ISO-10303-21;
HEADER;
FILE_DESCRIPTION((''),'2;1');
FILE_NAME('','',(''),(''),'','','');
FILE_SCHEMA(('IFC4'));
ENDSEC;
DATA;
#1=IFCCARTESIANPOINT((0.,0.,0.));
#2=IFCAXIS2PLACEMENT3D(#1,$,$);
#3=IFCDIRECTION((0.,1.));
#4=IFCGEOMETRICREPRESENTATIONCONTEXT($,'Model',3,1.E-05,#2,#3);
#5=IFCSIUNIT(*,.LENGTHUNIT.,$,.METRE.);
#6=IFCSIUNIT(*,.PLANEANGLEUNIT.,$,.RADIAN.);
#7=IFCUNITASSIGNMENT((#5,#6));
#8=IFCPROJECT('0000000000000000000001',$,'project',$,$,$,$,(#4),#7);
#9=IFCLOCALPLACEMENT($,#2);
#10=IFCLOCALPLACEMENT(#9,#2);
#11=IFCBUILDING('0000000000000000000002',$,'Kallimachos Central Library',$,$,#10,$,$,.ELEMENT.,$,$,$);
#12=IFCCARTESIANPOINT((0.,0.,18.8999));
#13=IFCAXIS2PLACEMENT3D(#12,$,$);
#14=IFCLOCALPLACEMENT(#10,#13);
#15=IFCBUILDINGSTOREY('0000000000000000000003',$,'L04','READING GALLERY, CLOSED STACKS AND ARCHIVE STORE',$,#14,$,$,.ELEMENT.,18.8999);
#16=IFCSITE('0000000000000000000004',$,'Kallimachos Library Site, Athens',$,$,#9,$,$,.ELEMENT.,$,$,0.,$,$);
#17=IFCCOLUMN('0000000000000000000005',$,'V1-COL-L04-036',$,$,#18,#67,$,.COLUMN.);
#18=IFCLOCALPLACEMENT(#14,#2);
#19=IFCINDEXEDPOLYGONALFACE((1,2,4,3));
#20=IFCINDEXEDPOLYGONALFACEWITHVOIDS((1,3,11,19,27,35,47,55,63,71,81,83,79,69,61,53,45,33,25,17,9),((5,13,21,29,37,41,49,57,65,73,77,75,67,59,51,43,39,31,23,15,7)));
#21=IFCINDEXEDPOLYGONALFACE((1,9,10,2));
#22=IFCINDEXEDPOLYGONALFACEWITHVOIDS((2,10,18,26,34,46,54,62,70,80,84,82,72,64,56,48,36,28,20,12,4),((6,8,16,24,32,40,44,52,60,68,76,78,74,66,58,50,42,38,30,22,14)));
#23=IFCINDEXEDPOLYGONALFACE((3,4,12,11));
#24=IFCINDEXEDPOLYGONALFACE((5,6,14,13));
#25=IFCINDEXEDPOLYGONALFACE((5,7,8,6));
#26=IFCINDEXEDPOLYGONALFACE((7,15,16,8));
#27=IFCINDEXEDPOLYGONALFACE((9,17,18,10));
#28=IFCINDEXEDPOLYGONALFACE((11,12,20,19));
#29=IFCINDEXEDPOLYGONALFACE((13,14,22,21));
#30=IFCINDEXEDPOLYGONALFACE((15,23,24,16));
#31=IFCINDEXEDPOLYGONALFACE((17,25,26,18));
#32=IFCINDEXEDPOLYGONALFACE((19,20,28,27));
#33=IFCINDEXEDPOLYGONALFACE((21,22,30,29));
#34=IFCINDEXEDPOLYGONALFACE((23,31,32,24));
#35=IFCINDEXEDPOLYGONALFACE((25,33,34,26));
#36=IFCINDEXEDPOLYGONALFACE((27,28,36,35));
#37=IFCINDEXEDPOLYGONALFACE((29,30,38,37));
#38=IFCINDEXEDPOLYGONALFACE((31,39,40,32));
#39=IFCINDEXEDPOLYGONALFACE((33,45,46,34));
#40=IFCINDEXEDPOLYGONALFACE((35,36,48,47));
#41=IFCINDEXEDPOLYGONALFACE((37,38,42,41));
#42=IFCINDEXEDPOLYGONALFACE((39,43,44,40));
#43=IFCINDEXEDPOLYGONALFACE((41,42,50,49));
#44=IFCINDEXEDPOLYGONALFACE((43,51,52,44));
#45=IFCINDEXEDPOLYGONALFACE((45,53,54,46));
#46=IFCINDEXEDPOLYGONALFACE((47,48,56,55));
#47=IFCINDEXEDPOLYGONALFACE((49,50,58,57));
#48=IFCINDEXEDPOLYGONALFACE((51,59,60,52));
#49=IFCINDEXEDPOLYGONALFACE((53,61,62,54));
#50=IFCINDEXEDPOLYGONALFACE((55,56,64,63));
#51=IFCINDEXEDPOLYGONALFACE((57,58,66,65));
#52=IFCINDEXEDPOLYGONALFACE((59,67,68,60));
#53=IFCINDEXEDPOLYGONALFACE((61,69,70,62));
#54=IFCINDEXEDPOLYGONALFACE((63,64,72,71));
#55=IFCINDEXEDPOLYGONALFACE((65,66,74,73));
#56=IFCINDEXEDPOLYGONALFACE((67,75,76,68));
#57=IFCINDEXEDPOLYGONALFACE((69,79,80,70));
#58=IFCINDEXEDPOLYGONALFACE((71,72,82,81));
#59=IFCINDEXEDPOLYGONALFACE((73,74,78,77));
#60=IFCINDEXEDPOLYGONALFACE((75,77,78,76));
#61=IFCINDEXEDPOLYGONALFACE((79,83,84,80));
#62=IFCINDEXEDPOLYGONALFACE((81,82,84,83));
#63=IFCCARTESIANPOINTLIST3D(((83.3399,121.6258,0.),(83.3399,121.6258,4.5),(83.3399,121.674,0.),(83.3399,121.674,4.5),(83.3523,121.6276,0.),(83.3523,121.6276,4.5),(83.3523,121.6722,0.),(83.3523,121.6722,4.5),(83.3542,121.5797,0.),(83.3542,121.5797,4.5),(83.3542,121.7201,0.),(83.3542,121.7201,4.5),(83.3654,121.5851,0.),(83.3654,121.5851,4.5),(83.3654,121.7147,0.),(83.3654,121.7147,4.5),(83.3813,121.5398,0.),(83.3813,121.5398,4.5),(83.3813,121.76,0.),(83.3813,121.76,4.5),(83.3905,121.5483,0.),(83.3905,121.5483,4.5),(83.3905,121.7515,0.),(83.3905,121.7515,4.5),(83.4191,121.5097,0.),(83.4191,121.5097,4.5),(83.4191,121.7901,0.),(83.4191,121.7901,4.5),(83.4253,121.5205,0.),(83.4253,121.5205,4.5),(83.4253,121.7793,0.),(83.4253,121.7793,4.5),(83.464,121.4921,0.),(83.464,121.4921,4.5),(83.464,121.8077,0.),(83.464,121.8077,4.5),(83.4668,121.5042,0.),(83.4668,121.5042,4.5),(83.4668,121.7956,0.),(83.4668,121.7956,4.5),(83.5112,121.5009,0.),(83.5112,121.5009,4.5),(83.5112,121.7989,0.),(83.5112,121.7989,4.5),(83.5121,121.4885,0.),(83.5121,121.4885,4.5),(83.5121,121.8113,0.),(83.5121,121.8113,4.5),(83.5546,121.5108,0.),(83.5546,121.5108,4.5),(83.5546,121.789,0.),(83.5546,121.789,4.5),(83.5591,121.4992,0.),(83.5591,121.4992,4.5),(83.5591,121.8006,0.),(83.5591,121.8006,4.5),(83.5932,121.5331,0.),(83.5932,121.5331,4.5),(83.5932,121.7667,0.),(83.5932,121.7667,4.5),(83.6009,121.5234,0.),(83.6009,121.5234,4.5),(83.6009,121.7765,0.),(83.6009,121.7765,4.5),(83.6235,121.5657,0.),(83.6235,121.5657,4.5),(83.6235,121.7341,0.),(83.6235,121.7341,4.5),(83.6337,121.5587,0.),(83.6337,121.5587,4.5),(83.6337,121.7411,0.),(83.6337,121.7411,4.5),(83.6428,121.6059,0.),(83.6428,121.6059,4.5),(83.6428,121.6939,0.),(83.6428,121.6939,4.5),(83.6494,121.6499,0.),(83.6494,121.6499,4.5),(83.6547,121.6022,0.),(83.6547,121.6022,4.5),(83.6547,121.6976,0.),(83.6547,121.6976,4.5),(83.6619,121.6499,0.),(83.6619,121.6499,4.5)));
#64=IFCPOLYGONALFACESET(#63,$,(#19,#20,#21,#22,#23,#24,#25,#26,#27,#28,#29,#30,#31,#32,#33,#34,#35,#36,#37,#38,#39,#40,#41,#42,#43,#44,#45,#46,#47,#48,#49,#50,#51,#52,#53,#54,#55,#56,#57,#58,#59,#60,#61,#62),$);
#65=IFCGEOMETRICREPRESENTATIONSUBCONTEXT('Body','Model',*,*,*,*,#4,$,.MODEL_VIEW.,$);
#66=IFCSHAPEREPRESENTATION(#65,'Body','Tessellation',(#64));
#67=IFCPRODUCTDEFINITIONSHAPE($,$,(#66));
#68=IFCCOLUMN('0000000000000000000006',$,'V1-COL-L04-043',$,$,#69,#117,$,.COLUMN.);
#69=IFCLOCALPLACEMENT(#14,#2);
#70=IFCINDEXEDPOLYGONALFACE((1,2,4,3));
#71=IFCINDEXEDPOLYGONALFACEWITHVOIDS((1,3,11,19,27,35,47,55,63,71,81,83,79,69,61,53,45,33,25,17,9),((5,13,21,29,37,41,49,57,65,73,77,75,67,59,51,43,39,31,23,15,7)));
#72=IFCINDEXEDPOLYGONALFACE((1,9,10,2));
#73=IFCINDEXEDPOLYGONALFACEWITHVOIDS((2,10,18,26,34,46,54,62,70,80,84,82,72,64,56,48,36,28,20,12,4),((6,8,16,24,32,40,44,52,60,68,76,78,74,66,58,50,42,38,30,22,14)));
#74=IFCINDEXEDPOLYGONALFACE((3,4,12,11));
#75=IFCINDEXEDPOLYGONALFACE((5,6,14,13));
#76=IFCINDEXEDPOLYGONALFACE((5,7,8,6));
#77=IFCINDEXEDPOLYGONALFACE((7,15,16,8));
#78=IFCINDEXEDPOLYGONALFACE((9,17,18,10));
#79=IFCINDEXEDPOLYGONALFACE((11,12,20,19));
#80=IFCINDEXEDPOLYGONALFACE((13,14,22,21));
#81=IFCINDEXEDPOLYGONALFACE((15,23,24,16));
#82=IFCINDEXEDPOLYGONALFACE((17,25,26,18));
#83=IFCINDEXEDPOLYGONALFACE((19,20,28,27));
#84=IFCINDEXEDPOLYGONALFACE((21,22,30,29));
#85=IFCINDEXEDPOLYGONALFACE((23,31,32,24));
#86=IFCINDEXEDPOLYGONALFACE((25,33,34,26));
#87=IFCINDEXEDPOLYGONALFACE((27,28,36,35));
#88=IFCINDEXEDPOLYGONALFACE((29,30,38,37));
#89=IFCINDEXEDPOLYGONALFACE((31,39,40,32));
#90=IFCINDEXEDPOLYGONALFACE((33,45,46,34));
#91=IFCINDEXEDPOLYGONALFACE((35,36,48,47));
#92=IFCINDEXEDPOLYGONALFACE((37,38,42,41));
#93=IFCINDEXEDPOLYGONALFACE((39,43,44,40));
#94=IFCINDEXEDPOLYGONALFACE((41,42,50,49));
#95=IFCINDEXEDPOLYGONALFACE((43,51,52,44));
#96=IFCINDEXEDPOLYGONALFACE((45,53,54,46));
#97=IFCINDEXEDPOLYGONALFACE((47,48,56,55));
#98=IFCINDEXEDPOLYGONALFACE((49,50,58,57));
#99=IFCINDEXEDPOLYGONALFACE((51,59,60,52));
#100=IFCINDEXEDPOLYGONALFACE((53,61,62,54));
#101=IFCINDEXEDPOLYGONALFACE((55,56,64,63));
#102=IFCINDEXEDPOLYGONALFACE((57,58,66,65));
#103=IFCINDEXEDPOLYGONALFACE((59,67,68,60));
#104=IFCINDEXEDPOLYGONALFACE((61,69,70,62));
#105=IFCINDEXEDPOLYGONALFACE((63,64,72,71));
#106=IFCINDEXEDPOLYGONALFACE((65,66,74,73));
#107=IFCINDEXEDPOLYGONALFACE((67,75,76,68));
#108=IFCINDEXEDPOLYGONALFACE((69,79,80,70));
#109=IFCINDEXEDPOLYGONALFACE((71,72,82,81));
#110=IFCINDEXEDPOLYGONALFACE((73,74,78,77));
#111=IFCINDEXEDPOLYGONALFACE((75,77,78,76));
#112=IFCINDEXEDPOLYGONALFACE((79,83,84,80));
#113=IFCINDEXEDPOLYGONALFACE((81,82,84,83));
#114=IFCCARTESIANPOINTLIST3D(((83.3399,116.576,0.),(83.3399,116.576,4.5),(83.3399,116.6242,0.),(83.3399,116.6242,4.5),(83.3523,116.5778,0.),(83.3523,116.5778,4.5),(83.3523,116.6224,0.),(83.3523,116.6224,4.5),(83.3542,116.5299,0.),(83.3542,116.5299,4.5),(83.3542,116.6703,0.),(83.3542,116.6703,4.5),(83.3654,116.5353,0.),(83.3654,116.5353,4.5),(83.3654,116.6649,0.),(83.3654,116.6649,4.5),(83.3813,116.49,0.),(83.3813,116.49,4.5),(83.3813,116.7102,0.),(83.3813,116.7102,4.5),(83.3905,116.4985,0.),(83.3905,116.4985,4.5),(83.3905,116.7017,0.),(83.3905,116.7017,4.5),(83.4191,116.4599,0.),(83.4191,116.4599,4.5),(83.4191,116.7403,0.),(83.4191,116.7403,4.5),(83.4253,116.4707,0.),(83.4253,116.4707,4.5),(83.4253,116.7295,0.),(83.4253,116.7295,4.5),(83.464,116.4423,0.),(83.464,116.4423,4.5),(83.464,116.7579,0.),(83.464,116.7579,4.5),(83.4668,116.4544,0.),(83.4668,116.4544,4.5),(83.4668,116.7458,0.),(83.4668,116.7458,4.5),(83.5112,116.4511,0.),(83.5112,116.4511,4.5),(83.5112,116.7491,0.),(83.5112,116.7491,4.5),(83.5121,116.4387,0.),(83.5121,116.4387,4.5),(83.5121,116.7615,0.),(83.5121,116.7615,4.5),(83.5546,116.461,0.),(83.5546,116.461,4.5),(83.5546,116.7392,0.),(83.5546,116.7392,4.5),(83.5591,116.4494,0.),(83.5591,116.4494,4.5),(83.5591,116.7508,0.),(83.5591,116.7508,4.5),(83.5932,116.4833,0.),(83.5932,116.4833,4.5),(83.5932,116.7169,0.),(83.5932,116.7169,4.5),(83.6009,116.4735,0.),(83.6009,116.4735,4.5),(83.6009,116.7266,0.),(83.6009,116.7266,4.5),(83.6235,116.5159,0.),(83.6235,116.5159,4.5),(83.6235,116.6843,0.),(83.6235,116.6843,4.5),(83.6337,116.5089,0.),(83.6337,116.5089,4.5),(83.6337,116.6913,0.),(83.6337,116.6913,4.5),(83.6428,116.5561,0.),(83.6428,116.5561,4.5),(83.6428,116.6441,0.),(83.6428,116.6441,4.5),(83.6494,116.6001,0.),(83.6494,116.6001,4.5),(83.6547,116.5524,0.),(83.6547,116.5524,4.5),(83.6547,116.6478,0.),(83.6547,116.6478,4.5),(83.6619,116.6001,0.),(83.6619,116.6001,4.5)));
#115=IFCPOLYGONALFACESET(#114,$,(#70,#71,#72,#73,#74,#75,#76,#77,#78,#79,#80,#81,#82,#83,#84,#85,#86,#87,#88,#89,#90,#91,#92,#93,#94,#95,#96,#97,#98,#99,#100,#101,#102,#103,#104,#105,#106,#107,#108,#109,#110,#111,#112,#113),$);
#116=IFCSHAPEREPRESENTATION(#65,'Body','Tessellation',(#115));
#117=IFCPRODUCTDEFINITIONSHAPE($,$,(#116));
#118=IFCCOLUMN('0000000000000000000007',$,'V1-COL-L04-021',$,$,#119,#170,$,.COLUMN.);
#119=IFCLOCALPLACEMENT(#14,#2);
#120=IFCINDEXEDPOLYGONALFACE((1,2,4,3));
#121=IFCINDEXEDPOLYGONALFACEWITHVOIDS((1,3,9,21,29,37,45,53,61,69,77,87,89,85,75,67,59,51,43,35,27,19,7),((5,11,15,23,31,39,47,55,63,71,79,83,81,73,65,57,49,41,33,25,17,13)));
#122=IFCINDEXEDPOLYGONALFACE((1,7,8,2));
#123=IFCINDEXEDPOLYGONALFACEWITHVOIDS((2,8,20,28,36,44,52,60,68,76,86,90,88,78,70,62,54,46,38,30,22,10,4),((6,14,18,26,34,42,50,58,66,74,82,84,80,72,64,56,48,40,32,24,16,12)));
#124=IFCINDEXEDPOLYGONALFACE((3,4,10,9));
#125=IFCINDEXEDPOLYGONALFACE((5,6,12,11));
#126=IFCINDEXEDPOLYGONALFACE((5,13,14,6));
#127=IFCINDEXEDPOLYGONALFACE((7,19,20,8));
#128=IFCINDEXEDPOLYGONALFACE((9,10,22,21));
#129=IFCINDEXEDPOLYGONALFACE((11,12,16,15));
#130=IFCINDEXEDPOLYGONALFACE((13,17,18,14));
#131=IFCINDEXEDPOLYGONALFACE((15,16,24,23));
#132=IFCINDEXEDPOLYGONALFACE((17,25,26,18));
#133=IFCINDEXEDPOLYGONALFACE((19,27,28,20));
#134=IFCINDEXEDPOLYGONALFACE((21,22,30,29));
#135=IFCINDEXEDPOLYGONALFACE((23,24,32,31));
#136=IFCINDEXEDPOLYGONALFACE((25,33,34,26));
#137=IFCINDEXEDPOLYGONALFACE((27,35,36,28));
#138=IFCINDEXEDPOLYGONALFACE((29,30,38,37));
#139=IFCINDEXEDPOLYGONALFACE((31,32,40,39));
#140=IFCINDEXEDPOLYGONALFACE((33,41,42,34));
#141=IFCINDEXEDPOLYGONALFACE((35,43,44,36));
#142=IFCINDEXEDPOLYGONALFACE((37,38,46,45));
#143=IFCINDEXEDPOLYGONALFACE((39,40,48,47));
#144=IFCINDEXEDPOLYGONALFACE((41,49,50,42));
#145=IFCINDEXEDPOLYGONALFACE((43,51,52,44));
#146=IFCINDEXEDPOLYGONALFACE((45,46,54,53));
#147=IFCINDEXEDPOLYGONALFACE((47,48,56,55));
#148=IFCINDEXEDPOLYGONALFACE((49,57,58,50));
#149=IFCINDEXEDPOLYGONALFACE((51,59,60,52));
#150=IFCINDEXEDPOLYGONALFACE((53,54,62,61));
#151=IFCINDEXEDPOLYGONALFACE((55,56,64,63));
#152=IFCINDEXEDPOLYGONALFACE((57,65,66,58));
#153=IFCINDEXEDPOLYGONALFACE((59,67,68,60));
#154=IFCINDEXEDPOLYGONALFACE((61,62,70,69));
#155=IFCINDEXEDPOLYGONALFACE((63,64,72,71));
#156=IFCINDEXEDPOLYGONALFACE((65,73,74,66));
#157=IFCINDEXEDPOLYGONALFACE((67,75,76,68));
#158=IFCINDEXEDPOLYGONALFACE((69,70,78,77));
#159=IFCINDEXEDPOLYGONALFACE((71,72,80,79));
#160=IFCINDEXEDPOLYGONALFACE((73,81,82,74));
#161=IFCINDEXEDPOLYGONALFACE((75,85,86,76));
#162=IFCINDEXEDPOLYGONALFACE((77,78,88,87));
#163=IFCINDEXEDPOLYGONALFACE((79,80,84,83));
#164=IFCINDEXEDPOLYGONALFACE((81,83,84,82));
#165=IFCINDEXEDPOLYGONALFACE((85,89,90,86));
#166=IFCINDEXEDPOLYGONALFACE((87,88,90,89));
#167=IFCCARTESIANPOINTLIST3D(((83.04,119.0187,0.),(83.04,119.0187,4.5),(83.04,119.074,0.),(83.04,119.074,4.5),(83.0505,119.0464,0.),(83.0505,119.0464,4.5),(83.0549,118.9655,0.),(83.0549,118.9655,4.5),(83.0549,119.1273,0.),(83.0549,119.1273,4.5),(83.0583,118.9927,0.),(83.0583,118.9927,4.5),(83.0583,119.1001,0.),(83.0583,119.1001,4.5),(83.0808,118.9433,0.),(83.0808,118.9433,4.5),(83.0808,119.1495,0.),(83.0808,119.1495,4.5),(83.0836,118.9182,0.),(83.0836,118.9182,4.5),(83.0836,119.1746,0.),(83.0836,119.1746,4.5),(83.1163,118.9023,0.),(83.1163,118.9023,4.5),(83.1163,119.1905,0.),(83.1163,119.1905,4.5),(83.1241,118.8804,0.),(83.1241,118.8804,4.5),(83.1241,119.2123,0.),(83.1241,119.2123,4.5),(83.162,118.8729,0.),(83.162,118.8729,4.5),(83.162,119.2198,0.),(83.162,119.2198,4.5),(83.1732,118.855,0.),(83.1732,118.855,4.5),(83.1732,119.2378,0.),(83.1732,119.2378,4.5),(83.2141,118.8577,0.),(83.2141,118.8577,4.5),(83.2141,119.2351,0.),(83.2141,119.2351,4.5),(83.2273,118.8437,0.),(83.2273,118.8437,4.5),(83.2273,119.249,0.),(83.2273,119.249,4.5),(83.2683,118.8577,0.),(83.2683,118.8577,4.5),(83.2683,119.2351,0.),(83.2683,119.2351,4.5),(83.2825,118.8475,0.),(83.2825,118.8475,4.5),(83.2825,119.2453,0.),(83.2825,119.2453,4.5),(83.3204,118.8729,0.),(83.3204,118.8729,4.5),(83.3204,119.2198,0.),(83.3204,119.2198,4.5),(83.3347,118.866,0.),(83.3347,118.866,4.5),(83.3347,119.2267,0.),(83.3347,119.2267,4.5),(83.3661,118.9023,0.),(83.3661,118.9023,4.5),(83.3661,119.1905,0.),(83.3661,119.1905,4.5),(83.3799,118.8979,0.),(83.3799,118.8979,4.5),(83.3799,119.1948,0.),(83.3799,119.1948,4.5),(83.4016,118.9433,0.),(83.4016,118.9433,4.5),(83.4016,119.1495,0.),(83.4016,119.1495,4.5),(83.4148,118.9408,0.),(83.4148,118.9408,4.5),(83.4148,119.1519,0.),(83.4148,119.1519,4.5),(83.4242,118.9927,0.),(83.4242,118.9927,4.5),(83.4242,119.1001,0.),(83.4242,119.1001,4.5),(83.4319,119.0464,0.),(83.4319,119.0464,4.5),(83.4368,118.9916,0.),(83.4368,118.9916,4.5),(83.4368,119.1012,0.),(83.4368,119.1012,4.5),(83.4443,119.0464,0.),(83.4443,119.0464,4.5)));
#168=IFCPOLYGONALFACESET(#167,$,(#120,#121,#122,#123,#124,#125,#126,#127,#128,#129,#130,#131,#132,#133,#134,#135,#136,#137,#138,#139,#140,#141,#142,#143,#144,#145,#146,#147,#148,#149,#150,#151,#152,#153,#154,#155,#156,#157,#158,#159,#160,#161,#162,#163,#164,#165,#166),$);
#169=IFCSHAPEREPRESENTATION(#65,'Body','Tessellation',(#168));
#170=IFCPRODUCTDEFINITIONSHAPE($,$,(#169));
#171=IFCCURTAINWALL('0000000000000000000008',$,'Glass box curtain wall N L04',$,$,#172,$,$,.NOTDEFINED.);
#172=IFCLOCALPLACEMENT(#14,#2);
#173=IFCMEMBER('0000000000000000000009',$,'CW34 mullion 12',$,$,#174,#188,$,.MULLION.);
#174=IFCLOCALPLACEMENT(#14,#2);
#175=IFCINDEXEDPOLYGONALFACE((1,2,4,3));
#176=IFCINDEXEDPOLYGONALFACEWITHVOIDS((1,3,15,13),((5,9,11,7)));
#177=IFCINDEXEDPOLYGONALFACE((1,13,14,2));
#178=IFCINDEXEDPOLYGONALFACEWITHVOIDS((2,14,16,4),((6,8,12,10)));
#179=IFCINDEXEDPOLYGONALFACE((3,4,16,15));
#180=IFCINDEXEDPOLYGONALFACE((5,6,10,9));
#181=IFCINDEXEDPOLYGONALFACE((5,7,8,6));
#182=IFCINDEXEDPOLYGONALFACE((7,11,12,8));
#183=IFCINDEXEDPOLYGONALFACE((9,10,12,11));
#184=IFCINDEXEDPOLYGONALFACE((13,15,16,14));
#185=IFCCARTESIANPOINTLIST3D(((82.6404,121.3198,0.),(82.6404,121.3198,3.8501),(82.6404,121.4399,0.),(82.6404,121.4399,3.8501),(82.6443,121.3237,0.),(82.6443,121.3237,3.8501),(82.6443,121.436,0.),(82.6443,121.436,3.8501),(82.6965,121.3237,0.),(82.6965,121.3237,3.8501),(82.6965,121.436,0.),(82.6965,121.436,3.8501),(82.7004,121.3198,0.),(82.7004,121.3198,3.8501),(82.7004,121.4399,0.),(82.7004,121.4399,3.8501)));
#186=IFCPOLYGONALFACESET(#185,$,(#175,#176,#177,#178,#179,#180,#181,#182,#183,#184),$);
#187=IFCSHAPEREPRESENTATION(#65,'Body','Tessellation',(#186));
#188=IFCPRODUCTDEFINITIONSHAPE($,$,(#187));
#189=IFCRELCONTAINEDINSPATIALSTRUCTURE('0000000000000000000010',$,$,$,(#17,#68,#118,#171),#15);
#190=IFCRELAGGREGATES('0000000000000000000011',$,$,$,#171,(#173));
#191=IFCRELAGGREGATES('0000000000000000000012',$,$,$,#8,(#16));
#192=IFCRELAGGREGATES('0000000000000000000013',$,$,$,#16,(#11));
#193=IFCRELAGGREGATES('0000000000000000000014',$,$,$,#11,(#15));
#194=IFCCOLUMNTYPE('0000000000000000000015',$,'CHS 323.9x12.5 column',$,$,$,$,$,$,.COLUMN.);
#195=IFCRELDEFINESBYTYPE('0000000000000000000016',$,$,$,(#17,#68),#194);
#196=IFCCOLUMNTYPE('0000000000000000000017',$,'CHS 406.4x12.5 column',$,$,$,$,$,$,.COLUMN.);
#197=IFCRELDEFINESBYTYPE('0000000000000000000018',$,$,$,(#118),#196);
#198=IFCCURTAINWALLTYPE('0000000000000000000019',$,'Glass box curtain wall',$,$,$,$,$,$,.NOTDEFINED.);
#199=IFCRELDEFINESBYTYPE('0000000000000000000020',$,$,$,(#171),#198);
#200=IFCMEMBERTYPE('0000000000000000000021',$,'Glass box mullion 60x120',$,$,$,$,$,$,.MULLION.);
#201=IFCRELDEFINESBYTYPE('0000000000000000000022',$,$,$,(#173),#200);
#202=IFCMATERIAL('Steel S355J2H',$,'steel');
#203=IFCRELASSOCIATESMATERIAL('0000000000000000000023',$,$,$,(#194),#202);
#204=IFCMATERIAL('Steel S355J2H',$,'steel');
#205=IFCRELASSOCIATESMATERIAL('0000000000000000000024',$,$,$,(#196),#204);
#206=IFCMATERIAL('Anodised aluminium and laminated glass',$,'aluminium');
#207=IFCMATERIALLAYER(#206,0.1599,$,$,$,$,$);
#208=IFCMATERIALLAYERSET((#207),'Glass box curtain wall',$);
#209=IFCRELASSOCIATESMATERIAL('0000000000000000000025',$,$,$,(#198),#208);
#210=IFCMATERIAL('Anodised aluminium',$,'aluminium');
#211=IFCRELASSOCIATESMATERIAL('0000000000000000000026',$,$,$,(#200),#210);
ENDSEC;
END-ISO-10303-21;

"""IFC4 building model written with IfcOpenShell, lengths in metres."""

from ifc_helpers import new_model, si_unit, direction, frame, origin, origin_2d, place, context, subcontext, project, spatial, hollow_rectangle, hollow_circle, extrude, material, layer, layer_set, material_profile, profile_set, type_object, element, aggregate, save


model = new_model("IFC4")

# Units and contexts
model_context = context("Model", 3, precision=1e-05, world=origin(), true_north=direction((0.0, 1.0)))
body_context = subcontext(model_context, "Body", "Model", "MODEL_VIEW")
ifc_project = project(units=[si_unit("LENGTHUNIT", "METRE"), si_unit("PLANEANGLEUNIT", "RADIAN")], contexts=[model_context])

# Site, building, storey
site_placement = place(None, origin())
site = spatial("IfcSite", under=ifc_project, at=site_placement, Name="Kallimachos Library Site, Athens", CompositionType="ELEMENT", RefElevation=0.0)
building_placement = place(site_placement, origin())
building = spatial("IfcBuilding", under=site, at=building_placement, Name="Kallimachos Central Library", CompositionType="ELEMENT")
storey_placement = place(building_placement, frame((0.0, 0.0, 18.8999)))
storey = spatial("IfcBuildingStorey", under=building, at=storey_placement, Name="L04", Description="READING GALLERY, CLOSED STACKS AND ARCHIVE STORE", CompositionType="ELEMENT", Elevation=18.8999)

# Columns
ifc_material_1 = material(Name="Steel S355J2H", Category="steel")
ifc_material_profile_1 = material_profile(ifc_material_1, hollow_circle(Radius=0.1619, WallThickness=0.0125, at=origin_2d()), Name="CHS 323.9x12.5")
ifc_profile_set_1 = profile_set([ifc_material_profile_1], Name="Steel S355J2H")
column_type_1 = type_object("IfcColumnType", Name="CHS 323.9x12.5 column", PredefinedType="COLUMN", material=ifc_profile_set_1)
for number, where, z_axis, x_axis, name in (
    (1, (83.5, 121.6499, 0.0), (0.0, 0.0, 1.0), (1.0, 0.0, 0.0), "V1-COL-L04-036"),
    (2, (83.5, 116.6001, 0.0), (0.0, 0.0, 1.0), (1.0, 0.0, 0.0), "V1-COL-L04-043"),
):
    element("IfcColumn", number, at=place(storey_placement, frame(where, z_axis=z_axis, x_axis=x_axis)), inside=storey, type_object=column_type_1, Name=name, PredefinedType="COLUMN", context=body_context, shape_type="SweptSolid", body=[
        extrude(hollow_circle(Radius=0.1619, WallThickness=0.0125, at=origin_2d()), origin(), (0.0, 0.0, 1.0), 4.5),
    ])
ifc_material_2 = material(Name="Steel S355J2H", Category="steel")
ifc_material_profile_2 = material_profile(ifc_material_2, hollow_circle(Radius=0.2031, WallThickness=0.0125, at=origin_2d()), Name="CHS 406.4x12.5")
ifc_profile_set_2 = profile_set([ifc_material_profile_2], Name="Steel S355J2H")
column_type_2 = type_object("IfcColumnType", Name="CHS 406.4x12.5 column", PredefinedType="COLUMN", material=ifc_profile_set_2)
column_placement = place(storey_placement, frame((83.2412, 119.0464, 0.0), z_axis=(0.0, 0.0, 1.0), x_axis=(1.0, 0.0, 0.0)))
element("IfcColumn", 3, at=column_placement, inside=storey, type_object=column_type_2, Name="V1-COL-L04-021", PredefinedType="COLUMN", context=body_context, shape_type="SweptSolid", body=[
    extrude(hollow_circle(Radius=0.2031, WallThickness=0.0125, at=origin_2d()), origin(), (0.0, 0.0, 1.0), 4.5),
])

# Curtain wall, member
ifc_material_3 = material(Name="Anodised aluminium and laminated glass", Category="aluminium")
ifc_layer_1 = layer(ifc_material_3, 0.1599)
ifc_layer_set_1 = layer_set([ifc_layer_1], Name="Glass box curtain wall")
curtain_wall_type = type_object("IfcCurtainWallType", Name="Glass box curtain wall", PredefinedType="NOTDEFINED", material=ifc_layer_set_1)
curtain_wall_placement = place(storey_placement, origin())
curtain_wall = element("IfcCurtainWall", 4, at=curtain_wall_placement, inside=storey, type_object=curtain_wall_type, Name="Glass box curtain wall N L04", PredefinedType="NOTDEFINED")
ifc_material_4 = material(Name="Anodised aluminium", Category="aluminium")
ifc_material_profile_3 = material_profile(ifc_material_4, hollow_rectangle(XDim=0.0601, YDim=0.1201, WallThickness=0.0039, at=origin_2d()), Name="ALU MULLION 60x120")
ifc_profile_set_3 = profile_set([ifc_material_profile_3], Name="Anodised aluminium")
member_type_1 = type_object("IfcMemberType", Name="Glass box mullion 60x120", PredefinedType="MULLION", material=ifc_profile_set_3)
member_1_placement = place(storey_placement, frame((82.6704, 121.3799, 0.0), z_axis=(0.0, 0.0, 1.0), x_axis=(1.0, 0.0, 0.0)))
member_1 = element("IfcMember", 5, at=member_1_placement, type_object=member_type_1, Name="CW34 mullion 12", PredefinedType="MULLION", context=body_context, shape_type="SweptSolid", body=[
    extrude(hollow_rectangle(XDim=0.0601, YDim=0.1201, WallThickness=0.0039, at=origin_2d()), origin(), (0.0, 0.0, 1.0), 3.8501),
])

aggregate(curtain_wall, [member_1])

save(model, "model.ifc")
